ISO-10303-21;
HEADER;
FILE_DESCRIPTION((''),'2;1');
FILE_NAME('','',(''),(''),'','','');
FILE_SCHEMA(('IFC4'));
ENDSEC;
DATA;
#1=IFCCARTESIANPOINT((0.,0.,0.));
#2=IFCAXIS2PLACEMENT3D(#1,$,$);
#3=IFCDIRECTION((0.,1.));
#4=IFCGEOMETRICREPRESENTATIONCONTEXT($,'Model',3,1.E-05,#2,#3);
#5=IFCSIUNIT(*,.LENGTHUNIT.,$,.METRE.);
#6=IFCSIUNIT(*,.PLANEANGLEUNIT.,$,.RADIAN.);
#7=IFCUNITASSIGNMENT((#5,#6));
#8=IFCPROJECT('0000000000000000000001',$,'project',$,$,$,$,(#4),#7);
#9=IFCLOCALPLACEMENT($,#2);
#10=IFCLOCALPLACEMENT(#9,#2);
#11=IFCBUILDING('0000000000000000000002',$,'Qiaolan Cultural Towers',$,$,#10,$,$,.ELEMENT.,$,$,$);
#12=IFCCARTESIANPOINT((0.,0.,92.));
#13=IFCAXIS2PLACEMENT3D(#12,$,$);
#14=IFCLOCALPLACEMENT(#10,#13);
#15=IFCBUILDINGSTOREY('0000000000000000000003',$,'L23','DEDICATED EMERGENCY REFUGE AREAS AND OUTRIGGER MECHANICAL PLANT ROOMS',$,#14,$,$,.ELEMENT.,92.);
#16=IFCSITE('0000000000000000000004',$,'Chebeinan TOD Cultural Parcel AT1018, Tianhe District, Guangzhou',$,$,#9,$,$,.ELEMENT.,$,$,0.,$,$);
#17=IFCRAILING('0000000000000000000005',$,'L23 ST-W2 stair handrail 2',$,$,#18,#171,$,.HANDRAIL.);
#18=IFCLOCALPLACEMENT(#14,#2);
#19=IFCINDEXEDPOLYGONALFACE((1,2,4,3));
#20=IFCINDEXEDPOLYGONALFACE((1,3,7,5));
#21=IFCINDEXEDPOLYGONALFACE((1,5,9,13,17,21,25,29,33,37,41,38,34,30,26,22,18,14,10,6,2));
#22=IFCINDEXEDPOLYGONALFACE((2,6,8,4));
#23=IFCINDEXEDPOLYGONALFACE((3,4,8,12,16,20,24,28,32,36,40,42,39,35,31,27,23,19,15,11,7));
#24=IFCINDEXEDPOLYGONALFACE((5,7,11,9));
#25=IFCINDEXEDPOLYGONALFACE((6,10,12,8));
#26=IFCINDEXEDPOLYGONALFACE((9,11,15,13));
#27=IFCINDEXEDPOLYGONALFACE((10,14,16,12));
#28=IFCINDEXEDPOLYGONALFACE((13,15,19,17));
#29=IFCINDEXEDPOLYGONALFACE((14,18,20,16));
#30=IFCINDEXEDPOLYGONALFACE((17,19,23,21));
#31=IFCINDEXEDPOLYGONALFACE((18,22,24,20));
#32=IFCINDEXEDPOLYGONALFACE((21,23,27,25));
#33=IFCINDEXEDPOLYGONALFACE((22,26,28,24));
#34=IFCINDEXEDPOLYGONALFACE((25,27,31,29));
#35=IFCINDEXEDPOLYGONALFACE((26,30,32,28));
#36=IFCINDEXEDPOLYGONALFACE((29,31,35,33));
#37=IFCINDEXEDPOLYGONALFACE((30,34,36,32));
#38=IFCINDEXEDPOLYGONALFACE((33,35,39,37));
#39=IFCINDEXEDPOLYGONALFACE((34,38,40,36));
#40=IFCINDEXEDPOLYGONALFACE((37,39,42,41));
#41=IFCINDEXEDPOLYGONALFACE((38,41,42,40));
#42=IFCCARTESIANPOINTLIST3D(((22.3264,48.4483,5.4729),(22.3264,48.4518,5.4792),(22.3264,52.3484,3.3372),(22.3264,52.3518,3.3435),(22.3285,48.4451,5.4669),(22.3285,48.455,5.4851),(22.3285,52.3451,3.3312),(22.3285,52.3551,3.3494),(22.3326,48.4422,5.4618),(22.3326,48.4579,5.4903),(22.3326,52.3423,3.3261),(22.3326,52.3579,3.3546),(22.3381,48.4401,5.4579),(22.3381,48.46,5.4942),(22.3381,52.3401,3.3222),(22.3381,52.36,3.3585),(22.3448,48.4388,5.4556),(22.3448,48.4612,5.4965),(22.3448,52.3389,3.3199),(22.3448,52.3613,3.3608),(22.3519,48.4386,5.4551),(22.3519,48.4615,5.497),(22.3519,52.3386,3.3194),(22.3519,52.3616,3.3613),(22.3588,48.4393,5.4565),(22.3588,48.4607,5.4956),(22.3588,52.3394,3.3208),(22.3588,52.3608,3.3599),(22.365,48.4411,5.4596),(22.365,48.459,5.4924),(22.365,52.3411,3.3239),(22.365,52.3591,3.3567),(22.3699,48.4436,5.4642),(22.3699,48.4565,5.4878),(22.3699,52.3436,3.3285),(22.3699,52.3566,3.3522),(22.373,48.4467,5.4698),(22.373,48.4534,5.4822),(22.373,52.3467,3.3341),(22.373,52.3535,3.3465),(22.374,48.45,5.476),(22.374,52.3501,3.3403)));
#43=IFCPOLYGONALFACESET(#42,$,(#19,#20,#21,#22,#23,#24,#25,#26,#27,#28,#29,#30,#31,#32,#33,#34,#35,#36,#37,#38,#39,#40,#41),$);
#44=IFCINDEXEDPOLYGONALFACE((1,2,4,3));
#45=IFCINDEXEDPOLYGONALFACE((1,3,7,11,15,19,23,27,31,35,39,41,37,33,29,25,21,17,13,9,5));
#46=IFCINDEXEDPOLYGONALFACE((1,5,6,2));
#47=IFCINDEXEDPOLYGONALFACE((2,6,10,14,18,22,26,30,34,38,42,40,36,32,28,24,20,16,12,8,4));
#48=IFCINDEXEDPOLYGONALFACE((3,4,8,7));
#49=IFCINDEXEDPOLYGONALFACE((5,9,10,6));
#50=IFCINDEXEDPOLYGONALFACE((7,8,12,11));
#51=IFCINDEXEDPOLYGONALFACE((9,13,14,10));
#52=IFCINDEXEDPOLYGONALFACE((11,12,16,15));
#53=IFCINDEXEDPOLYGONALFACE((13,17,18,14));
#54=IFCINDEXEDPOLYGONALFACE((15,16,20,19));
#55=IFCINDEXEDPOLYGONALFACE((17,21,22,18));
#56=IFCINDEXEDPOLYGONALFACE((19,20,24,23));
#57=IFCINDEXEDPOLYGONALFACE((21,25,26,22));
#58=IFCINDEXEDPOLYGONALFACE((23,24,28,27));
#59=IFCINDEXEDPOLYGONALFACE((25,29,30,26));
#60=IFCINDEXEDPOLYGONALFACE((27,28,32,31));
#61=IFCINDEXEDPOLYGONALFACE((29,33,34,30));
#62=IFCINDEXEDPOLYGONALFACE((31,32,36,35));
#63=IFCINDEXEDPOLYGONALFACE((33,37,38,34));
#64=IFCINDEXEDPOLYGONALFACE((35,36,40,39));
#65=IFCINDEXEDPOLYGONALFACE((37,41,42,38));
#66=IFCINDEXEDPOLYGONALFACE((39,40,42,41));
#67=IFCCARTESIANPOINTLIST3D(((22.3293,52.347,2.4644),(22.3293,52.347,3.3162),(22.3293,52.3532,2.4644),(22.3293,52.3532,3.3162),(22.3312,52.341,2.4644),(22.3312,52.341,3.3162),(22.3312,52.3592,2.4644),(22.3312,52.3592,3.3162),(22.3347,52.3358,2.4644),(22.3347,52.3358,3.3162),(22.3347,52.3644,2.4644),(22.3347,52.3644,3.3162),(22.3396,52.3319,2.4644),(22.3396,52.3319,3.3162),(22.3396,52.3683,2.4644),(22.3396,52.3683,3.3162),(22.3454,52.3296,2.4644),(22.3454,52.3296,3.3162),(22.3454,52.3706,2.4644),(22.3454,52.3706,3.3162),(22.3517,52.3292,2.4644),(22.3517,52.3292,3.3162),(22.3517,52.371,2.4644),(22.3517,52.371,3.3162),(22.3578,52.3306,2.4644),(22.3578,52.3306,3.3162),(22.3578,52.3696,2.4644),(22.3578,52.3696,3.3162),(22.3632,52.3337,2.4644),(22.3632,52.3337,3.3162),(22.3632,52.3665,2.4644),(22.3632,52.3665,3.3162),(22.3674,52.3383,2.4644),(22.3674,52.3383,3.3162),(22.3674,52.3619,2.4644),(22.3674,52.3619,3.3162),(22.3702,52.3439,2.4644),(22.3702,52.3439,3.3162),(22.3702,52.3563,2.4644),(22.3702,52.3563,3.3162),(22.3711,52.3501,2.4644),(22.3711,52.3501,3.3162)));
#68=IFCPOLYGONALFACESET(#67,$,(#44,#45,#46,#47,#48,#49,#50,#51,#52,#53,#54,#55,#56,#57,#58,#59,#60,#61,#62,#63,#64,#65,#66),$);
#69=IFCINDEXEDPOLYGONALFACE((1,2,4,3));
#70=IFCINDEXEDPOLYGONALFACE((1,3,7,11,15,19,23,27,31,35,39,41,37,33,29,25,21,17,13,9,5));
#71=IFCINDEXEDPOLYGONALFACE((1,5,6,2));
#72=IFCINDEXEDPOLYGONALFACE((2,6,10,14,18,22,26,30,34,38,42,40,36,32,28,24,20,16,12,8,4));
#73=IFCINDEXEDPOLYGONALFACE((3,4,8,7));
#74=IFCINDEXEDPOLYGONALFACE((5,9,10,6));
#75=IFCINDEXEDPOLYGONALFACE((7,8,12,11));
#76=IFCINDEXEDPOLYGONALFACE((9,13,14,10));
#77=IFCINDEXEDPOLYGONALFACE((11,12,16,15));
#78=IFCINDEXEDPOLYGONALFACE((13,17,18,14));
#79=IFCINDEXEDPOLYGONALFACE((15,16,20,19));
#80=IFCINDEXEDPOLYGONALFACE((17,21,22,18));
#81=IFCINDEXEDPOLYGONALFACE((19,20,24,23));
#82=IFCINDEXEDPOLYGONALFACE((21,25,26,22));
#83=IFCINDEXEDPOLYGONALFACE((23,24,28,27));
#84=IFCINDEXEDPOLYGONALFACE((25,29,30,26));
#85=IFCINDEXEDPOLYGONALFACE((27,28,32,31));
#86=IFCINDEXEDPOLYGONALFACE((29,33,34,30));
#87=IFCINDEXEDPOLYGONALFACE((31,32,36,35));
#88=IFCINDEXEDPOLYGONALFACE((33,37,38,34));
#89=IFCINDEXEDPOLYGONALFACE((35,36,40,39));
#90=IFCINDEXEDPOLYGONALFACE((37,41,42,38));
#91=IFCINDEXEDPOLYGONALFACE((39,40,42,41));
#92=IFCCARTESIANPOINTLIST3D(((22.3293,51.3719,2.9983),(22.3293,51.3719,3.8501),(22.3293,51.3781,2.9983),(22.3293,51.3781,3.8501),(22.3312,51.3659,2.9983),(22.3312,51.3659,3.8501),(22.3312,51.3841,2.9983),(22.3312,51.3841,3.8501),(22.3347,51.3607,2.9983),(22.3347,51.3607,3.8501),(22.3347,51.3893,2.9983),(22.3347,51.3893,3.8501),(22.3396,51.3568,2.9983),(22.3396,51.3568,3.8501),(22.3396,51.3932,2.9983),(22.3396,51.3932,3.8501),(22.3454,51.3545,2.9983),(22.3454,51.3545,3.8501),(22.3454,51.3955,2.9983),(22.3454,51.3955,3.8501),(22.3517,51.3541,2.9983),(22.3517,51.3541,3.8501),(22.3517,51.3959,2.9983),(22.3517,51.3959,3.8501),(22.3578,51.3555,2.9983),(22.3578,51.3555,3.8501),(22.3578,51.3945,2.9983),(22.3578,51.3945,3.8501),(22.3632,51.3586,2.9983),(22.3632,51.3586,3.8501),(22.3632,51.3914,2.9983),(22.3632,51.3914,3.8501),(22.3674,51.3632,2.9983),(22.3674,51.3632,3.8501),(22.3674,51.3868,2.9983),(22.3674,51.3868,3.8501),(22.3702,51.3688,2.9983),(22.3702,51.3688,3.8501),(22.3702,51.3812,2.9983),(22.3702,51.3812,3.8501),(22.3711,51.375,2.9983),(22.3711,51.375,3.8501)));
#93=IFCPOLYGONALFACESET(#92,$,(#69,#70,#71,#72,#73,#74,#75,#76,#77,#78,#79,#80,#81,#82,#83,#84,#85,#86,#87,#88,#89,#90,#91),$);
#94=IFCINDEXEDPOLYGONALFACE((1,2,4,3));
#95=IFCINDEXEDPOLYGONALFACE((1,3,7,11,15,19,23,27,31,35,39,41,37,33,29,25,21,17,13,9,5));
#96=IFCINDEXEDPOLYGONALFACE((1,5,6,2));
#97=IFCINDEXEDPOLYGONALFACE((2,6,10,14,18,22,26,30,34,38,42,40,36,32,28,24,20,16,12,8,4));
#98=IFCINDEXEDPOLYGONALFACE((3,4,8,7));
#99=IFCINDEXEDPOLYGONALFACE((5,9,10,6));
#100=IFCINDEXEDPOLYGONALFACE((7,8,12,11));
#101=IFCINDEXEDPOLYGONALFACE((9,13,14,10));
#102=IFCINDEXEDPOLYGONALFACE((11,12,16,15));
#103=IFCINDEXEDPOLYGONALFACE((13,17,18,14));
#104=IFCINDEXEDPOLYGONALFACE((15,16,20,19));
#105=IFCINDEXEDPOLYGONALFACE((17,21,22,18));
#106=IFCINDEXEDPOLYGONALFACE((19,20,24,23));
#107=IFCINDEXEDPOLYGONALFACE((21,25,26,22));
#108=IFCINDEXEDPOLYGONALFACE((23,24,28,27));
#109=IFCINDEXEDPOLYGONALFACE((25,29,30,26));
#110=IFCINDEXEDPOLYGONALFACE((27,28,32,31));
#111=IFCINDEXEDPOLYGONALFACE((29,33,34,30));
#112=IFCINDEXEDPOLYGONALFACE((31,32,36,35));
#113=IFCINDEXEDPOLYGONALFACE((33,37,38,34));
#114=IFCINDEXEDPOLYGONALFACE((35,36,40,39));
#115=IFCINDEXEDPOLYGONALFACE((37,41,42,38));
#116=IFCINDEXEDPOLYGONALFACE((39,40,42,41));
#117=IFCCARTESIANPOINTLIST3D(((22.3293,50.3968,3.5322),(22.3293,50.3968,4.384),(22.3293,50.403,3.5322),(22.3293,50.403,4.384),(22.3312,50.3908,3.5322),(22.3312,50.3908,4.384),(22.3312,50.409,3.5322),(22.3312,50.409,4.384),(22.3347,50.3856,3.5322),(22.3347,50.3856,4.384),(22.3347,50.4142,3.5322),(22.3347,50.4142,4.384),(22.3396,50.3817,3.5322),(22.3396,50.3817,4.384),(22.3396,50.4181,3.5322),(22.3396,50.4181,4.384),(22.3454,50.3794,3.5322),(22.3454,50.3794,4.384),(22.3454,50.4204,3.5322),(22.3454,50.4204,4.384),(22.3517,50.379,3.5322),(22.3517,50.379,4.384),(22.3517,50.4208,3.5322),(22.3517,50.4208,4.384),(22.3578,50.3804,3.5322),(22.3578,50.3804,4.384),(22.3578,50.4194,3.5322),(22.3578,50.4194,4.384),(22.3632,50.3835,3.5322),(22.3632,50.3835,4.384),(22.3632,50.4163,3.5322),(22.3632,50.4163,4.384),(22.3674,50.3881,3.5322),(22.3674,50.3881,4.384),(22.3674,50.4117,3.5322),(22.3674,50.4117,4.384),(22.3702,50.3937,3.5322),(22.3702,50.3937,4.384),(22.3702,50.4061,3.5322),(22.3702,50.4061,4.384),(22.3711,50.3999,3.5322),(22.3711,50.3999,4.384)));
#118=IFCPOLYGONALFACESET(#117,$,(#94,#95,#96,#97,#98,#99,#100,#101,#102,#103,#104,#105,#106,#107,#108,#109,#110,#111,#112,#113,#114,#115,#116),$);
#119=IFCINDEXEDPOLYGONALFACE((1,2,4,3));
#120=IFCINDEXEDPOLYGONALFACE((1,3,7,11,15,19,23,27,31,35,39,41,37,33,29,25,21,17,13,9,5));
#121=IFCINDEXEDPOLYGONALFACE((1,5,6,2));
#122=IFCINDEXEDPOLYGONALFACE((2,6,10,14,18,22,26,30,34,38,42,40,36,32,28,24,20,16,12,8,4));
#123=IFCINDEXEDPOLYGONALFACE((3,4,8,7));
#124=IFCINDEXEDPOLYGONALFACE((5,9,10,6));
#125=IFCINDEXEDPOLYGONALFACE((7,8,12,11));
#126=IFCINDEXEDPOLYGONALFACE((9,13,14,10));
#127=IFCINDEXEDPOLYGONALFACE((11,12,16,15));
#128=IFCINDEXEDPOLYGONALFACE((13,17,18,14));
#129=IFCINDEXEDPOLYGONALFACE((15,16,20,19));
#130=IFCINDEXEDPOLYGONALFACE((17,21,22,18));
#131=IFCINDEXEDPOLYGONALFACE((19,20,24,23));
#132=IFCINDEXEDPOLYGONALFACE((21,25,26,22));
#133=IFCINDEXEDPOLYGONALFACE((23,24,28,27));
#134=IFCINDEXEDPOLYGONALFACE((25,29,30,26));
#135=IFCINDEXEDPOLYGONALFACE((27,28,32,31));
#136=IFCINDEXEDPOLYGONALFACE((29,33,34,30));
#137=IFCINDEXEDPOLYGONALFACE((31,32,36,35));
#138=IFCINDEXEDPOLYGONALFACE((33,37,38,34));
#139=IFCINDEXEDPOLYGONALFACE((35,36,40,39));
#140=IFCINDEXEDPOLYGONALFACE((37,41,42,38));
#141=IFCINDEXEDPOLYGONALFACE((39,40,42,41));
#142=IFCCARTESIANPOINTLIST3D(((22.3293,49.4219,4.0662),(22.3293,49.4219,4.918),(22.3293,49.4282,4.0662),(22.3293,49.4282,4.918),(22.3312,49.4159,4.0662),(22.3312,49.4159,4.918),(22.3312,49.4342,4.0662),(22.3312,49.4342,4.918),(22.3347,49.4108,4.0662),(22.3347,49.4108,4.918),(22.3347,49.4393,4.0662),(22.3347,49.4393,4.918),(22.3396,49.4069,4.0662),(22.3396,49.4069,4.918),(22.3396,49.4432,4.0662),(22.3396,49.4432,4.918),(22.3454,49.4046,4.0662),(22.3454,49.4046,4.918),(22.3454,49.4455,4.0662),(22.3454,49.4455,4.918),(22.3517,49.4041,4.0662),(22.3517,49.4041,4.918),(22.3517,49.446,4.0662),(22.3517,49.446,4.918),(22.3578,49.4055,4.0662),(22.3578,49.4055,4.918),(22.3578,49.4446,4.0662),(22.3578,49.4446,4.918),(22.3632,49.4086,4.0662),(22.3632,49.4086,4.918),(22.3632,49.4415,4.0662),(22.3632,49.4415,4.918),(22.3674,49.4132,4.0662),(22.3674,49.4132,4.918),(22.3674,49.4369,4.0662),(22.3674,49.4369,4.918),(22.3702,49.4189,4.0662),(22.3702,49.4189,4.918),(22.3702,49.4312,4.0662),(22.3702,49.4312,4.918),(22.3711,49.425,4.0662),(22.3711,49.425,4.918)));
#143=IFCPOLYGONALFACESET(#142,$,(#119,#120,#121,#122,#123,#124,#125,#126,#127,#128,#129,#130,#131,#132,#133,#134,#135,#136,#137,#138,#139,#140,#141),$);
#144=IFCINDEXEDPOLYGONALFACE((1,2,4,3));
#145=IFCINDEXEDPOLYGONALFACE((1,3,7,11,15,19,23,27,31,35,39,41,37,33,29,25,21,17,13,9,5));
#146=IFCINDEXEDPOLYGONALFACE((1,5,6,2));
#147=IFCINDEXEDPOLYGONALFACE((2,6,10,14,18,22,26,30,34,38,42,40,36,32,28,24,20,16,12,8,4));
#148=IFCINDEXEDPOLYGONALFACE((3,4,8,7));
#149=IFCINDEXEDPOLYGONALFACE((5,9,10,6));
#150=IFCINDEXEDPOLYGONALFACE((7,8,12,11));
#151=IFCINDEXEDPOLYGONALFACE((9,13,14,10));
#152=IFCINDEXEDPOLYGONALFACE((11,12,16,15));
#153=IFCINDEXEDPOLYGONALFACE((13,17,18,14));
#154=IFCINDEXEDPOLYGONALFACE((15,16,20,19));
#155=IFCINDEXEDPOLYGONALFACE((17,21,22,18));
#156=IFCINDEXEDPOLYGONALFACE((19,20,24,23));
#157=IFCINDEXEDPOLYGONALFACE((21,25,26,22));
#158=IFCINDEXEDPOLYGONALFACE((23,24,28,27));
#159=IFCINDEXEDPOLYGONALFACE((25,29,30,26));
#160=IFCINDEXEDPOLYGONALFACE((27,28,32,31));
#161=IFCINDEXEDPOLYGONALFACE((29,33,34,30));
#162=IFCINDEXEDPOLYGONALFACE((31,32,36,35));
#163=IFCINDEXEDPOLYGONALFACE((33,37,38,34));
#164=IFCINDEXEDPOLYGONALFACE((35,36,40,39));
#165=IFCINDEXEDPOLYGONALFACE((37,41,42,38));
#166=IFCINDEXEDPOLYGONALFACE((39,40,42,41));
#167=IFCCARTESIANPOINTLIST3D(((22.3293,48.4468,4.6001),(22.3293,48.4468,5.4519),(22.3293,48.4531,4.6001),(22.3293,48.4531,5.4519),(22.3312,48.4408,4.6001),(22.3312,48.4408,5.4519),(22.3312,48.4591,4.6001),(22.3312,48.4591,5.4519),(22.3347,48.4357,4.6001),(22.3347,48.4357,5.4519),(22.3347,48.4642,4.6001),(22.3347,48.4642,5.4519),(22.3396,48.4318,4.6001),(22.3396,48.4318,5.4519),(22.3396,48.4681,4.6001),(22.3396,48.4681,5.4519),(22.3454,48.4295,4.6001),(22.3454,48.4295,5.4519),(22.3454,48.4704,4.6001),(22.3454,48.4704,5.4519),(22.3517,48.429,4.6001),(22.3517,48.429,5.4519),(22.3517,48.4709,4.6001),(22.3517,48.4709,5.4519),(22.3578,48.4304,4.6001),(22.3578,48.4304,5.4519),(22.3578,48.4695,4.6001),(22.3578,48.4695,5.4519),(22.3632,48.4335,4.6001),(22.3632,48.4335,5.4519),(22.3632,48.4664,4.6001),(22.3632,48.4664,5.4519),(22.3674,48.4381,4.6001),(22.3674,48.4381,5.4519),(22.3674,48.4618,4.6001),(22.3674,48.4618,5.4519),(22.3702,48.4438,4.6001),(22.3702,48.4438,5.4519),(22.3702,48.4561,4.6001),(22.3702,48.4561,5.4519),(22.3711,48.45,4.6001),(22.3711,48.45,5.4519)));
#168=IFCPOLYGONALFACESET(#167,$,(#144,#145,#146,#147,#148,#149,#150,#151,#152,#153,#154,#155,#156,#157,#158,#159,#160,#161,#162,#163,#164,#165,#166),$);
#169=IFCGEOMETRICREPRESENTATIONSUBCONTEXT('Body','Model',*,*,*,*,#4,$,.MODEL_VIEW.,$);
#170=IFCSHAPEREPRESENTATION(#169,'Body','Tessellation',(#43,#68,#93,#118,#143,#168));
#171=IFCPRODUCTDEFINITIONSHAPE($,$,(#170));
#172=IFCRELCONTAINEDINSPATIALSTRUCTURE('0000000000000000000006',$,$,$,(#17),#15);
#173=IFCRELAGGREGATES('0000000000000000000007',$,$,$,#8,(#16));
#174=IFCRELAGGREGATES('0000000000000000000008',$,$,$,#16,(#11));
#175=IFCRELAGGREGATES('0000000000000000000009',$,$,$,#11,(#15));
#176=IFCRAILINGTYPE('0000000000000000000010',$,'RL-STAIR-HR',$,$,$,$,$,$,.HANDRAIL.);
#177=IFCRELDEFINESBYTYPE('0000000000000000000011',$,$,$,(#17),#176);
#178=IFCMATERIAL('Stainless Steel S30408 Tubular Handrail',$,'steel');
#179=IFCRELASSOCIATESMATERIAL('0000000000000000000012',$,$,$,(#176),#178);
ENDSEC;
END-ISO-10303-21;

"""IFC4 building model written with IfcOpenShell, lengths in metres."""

from ifc_helpers import new_model, si_unit, direction, frame, origin, origin_2d, place, context, subcontext, project, spatial, circle, extrude, material, type_object, element, save


model = new_model("IFC4")

# Units and contexts
model_context = context("Model", 3, precision=1e-05, world=origin(), true_north=direction((0.0, 1.0)))
body_context = subcontext(model_context, "Body", "Model", "MODEL_VIEW")
ifc_project = project(units=[si_unit("LENGTHUNIT", "METRE"), si_unit("PLANEANGLEUNIT", "RADIAN")], contexts=[model_context])

# Site, building, storey
site_placement = place(None, origin())
site = spatial("IfcSite", under=ifc_project, at=site_placement, Name="Chebeinan TOD Cultural Parcel AT1018, Tianhe District, Guangzhou", CompositionType="ELEMENT", RefElevation=0.0)
building_placement = place(site_placement, origin())
building = spatial("IfcBuilding", under=site, at=building_placement, Name="Qiaolan Cultural Towers", CompositionType="ELEMENT")
storey_placement = place(building_placement, frame((0.0, 0.0, 92.0)))
storey = spatial("IfcBuildingStorey", under=building, at=storey_placement, Name="L23", Description="DEDICATED EMERGENCY REFUGE AREAS AND OUTRIGGER MECHANICAL PLANT ROOMS", CompositionType="ELEMENT", Elevation=92.0)

# Railing
ifc_material_1 = material(Name="Stainless Steel S30408 Tubular Handrail", Category="steel")
railing_type_1 = type_object("IfcRailingType", Name="RL-STAIR-HR", PredefinedType="HANDRAIL", material=ifc_material_1)
railing_1_placement = place(storey_placement, frame((22.3501, 52.3501, 2.4644)))
element("IfcRailing", 1, at=railing_1_placement, inside=storey, type_object=railing_type_1, Name="L23 ST-W2 stair handrail 2", PredefinedType="HANDRAIL", context=body_context, shape_type="SweptSolid", body=[
    extrude(circle(Radius=0.0239, at=origin_2d()), frame((0.0, 0.0, 0.876), z_axis=(0.0, -0.877101, 0.480306), x_axis=(1.0, 0.0, 0.0)), (0.0, 0.0, 1.0), 4.4465),
    extrude(circle(Radius=0.021, at=origin_2d()), origin(), (0.0, 0.0, 1.0), 0.8518),
    extrude(circle(Radius=0.021, at=origin_2d()), frame((0.0, -0.9751, 0.5339)), (0.0, 0.0, 1.0), 0.8518),
    extrude(circle(Radius=0.021, at=origin_2d()), frame((0.0, -1.9502, 1.0679)), (0.0, 0.0, 1.0), 0.8518),
    extrude(circle(Radius=0.021, at=origin_2d()), frame((0.0, -2.925, 1.6018)), (0.0, 0.0, 1.0), 0.8518),
    extrude(circle(Radius=0.021, at=origin_2d()), frame((0.0, -3.9001, 2.1357)), (0.0, 0.0, 1.0), 0.8518),
])

save(model, "model.ifc")
